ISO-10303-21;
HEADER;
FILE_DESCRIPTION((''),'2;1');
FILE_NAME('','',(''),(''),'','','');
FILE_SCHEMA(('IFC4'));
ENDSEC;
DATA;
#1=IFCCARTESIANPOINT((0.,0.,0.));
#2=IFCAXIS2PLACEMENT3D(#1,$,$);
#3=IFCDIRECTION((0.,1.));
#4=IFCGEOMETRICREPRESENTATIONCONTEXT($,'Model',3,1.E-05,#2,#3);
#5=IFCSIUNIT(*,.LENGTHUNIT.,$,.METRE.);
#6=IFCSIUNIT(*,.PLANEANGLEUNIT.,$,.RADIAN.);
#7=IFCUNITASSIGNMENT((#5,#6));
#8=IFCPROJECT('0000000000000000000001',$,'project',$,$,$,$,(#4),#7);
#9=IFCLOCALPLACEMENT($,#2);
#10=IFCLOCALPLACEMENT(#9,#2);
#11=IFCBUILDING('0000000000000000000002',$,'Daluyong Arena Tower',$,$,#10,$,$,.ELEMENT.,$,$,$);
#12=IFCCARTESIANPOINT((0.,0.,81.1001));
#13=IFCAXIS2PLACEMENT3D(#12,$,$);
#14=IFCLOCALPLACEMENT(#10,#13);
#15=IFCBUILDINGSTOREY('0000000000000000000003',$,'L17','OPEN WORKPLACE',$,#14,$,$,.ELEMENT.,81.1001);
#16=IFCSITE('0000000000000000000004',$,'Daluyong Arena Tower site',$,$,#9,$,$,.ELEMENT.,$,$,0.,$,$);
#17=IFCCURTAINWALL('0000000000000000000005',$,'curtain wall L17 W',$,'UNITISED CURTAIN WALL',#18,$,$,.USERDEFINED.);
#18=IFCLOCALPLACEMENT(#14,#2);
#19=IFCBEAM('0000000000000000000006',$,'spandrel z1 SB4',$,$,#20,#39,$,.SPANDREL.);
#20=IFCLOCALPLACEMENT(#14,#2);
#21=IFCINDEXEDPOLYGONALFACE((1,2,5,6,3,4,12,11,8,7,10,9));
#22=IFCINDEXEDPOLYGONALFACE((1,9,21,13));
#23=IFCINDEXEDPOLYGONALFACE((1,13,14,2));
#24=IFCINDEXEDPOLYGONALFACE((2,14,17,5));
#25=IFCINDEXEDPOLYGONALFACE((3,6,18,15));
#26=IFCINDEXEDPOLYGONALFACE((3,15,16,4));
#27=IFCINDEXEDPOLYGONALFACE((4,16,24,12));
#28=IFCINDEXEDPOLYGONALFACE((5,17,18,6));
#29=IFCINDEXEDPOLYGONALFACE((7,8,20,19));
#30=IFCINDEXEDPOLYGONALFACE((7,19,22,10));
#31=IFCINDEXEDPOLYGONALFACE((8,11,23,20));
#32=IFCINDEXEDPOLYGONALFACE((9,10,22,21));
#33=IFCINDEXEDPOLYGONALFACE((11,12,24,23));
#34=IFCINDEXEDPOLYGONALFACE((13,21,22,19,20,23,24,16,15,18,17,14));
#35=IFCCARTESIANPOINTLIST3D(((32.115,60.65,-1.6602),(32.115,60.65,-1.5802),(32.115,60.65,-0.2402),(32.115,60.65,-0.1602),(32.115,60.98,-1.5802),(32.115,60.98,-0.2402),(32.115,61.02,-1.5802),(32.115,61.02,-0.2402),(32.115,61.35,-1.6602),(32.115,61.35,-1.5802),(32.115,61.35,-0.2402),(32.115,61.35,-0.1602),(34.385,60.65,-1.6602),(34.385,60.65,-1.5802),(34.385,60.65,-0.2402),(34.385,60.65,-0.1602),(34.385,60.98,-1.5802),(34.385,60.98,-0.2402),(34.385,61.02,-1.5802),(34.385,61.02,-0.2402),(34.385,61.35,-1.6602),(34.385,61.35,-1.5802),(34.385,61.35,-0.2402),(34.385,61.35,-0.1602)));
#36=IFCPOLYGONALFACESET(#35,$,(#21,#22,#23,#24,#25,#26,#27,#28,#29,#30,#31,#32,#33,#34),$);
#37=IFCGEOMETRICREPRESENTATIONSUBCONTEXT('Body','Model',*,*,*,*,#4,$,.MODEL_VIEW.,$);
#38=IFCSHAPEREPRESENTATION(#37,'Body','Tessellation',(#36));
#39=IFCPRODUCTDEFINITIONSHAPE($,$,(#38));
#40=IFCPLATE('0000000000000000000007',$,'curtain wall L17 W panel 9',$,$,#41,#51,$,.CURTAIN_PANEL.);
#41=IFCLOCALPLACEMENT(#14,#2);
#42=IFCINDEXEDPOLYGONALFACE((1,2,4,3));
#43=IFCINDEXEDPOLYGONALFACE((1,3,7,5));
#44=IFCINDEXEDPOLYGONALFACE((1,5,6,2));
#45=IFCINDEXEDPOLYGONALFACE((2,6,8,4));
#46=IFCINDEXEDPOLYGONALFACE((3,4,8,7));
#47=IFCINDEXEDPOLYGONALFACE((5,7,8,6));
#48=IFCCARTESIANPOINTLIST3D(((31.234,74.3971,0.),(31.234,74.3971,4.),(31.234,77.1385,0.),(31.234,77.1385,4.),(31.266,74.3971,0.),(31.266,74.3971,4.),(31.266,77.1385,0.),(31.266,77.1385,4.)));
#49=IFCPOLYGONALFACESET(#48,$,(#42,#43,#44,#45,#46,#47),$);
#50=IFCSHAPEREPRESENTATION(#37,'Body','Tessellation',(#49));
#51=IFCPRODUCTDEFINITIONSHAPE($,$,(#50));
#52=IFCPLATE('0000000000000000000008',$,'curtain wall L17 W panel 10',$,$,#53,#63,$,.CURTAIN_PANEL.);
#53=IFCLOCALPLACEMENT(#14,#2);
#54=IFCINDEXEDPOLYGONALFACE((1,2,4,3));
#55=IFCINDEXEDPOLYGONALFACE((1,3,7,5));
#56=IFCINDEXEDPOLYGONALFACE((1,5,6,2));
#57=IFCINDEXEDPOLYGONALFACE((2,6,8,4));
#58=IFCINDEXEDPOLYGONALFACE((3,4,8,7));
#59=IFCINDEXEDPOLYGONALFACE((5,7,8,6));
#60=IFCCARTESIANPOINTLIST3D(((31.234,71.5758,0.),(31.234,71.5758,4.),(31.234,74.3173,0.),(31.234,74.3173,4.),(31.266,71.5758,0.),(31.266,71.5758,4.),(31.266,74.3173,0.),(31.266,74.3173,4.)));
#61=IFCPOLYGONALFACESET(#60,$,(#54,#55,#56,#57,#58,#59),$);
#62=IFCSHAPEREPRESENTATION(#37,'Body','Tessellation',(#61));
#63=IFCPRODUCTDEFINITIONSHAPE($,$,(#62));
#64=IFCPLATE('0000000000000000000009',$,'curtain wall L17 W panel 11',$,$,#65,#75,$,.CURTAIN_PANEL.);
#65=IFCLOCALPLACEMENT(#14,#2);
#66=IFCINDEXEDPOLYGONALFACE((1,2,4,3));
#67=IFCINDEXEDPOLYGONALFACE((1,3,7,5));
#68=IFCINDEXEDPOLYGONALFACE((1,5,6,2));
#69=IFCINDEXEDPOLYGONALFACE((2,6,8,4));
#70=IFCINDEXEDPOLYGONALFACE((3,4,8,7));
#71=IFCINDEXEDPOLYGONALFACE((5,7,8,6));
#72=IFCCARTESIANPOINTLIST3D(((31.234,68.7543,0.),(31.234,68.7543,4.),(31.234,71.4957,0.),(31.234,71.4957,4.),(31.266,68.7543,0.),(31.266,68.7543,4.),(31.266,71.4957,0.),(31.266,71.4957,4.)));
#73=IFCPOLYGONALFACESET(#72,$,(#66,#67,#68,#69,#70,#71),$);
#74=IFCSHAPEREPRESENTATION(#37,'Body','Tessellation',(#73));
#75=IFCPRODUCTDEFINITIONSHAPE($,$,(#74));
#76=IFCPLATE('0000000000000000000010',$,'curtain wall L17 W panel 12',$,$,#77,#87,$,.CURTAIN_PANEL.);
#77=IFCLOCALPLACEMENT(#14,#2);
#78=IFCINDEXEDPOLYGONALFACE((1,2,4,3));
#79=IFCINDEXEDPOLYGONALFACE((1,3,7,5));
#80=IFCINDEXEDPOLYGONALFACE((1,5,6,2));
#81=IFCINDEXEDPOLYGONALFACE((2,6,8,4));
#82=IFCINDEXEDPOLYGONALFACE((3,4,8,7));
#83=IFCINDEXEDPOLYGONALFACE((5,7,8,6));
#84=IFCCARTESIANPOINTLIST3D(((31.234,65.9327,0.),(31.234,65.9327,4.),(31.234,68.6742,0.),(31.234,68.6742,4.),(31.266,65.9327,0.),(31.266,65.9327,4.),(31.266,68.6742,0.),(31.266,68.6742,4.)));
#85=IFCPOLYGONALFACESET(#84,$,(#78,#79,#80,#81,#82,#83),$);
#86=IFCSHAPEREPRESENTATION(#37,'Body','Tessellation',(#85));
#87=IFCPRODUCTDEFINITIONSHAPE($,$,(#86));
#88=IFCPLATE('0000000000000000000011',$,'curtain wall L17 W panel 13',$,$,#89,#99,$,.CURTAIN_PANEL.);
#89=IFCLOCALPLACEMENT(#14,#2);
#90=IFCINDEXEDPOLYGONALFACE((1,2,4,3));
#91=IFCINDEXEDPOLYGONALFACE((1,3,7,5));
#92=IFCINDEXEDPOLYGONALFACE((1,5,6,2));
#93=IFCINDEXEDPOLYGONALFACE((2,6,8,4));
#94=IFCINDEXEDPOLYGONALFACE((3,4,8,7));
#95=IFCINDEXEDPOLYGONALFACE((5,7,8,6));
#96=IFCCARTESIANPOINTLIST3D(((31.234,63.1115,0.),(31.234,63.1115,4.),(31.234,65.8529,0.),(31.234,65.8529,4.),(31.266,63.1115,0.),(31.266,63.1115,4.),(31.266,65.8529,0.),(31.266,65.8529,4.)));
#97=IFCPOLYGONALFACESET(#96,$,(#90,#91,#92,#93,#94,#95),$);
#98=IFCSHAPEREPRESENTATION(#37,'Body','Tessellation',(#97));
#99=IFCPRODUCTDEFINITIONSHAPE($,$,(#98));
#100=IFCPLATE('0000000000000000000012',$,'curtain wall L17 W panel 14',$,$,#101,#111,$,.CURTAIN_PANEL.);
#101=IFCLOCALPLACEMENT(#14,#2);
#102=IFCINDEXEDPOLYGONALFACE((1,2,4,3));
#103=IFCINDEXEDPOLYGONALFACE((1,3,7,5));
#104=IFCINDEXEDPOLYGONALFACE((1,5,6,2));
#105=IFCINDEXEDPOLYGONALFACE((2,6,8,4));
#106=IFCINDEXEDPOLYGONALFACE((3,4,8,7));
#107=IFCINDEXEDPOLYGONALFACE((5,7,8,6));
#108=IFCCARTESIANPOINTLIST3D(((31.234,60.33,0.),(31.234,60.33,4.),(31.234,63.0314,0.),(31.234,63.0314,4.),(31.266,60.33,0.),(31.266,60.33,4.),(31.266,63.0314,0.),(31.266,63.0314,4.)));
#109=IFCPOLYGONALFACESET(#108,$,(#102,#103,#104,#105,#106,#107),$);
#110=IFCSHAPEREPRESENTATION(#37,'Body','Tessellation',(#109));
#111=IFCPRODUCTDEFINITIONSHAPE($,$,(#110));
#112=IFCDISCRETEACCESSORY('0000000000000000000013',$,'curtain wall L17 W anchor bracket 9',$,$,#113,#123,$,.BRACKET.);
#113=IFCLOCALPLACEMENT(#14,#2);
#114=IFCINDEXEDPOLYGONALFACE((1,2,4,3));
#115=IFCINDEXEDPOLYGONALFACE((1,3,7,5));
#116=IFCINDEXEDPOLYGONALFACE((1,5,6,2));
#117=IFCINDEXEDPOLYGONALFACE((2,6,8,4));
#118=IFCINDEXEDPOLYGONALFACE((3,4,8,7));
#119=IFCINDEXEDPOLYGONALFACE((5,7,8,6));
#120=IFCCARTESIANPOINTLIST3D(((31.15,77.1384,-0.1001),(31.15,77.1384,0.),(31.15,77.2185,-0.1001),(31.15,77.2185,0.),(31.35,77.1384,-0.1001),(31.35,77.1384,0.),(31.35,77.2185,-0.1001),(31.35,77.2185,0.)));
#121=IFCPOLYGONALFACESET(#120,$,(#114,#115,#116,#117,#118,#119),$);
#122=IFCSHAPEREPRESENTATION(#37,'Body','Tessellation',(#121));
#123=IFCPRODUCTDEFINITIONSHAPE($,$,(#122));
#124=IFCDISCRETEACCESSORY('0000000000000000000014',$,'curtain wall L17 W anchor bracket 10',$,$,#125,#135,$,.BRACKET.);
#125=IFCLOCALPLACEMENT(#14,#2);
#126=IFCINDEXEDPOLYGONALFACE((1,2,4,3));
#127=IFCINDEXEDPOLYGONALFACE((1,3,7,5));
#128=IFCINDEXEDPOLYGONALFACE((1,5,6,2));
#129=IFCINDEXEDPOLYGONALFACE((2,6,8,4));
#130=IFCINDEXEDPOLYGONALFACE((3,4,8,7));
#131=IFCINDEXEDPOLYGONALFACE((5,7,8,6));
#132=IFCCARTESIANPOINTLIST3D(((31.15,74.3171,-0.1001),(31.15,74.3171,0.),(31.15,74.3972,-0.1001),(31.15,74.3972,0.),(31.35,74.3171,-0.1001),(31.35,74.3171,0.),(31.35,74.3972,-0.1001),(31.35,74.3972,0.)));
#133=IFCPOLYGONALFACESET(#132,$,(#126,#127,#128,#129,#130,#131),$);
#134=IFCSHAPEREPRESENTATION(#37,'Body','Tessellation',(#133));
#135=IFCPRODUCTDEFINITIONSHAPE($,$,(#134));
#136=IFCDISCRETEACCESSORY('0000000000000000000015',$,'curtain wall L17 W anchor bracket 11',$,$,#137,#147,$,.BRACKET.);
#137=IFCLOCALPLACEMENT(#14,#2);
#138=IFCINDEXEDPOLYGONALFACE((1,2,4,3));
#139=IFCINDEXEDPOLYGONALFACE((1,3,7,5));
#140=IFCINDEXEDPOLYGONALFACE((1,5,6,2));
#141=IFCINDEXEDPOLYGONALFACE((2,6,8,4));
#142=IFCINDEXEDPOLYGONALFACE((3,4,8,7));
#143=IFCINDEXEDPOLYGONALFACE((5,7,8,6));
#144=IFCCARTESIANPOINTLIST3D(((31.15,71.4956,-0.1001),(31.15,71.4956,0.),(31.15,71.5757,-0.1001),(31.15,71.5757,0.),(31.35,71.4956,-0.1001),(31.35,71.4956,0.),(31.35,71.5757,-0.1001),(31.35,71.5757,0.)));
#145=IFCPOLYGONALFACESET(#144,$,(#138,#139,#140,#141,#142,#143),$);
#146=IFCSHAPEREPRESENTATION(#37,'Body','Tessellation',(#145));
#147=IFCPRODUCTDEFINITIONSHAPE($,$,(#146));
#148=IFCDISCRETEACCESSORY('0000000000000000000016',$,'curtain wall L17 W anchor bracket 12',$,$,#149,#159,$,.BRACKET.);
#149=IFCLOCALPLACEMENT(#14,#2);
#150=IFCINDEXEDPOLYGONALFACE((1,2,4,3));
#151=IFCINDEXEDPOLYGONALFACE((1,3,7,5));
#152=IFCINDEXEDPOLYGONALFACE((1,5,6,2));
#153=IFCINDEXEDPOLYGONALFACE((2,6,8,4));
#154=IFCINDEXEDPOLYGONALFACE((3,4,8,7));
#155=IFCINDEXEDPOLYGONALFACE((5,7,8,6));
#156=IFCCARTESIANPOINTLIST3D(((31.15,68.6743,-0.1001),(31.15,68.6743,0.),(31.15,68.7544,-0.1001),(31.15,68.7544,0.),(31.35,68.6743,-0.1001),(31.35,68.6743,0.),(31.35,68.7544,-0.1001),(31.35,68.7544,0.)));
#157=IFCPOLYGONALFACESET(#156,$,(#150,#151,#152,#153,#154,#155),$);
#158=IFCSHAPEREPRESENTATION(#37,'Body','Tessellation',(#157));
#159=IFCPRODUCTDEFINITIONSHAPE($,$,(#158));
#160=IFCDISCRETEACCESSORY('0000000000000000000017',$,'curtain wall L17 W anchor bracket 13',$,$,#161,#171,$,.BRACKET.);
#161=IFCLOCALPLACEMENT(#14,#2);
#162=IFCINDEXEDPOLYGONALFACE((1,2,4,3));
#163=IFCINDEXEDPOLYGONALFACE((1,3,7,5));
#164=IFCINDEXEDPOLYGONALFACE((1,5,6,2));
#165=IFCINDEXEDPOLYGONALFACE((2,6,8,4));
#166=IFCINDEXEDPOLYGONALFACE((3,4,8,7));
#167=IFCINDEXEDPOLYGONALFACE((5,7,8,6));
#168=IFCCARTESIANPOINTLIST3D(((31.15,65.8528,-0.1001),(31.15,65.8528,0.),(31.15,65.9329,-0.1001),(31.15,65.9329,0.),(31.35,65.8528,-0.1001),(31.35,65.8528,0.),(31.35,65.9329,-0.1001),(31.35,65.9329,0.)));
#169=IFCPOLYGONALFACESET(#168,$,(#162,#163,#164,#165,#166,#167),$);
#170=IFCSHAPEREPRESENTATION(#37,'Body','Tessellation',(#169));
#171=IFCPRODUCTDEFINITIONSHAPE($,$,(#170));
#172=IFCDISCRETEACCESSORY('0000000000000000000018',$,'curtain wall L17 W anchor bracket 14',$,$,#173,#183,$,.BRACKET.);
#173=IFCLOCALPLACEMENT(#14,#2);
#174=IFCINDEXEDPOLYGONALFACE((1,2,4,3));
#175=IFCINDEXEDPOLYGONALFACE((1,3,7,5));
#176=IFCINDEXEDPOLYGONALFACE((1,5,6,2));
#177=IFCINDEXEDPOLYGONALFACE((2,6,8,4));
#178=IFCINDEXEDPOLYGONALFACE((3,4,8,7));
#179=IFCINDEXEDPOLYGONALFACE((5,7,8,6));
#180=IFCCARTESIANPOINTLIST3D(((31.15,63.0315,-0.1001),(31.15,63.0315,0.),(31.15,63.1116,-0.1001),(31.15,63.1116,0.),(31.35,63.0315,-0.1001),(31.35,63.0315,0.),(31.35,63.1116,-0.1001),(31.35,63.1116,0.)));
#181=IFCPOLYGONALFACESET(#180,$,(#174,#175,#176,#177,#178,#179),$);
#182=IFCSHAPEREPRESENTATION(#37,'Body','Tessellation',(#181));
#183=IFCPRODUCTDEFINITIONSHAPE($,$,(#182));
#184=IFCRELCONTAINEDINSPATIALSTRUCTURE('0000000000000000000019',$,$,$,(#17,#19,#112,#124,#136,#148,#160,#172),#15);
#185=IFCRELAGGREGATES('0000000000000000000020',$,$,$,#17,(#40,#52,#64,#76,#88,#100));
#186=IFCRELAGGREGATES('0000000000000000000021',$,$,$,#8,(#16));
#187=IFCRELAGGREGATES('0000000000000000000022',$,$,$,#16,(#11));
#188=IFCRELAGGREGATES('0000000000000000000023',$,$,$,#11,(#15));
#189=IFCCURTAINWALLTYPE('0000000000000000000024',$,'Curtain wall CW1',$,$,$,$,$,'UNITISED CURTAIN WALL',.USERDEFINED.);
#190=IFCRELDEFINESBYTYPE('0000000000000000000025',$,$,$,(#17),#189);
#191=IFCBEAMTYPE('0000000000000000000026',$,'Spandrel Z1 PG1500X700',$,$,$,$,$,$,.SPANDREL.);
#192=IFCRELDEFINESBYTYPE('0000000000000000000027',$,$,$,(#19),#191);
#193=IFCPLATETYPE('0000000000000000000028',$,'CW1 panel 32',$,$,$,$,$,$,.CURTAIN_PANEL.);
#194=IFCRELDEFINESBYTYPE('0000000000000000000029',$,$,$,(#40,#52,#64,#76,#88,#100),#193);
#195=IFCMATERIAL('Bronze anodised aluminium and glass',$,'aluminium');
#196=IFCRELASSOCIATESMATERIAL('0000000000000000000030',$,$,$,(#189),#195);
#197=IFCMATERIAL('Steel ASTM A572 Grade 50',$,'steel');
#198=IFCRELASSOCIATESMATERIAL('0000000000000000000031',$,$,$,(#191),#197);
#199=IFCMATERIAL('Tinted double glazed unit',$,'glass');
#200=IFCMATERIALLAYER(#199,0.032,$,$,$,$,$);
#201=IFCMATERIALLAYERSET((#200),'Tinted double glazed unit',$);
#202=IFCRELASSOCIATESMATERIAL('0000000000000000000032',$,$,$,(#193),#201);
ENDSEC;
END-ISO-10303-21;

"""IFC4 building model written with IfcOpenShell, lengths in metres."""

from ifc_helpers import new_model, si_unit, direction, frame, origin, origin_2d, place, context, subcontext, project, spatial, rectangle, i_section, extrude, material, layer, layer_set, material_profile, profile_set, type_object, element, aggregate, save


model = new_model("IFC4")

# Units and contexts
model_context = context("Model", 3, precision=1e-05, world=origin(), true_north=direction((0.0, 1.0)))
body_context = subcontext(model_context, "Body", "Model", "MODEL_VIEW")
ifc_project = project(units=[si_unit("LENGTHUNIT", "METRE"), si_unit("PLANEANGLEUNIT", "RADIAN")], contexts=[model_context])

# Site, building, storey
site_placement = place(None, origin())
site = spatial("IfcSite", under=ifc_project, at=site_placement, Name="Daluyong Arena Tower site", CompositionType="ELEMENT", RefElevation=0.0)
building_placement = place(site_placement, origin())
building = spatial("IfcBuilding", under=site, at=building_placement, Name="Daluyong Arena Tower", CompositionType="ELEMENT")
storey_placement = place(building_placement, frame((0.0, 0.0, 81.1001)))
storey = spatial("IfcBuildingStorey", under=building, at=storey_placement, Name="L17", Description="OPEN WORKPLACE", CompositionType="ELEMENT", Elevation=81.1001)

# Curtain wall
ifc_material_1 = material(Name="Bronze anodised aluminium and glass", Category="aluminium")
curtain_wall_type_1 = type_object("IfcCurtainWallType", Name="Curtain wall CW1", ElementType="UNITISED CURTAIN WALL", PredefinedType="USERDEFINED", material=ifc_material_1)
curtain_wall_1_placement = place(storey_placement, origin())
curtain_wall_1 = element("IfcCurtainWall", 1, at=curtain_wall_1_placement, inside=storey, type_object=curtain_wall_type_1, Name="curtain wall L17 W", ObjectType="UNITISED CURTAIN WALL", PredefinedType="USERDEFINED")

# Beam
ifc_material_2 = material(Name="Steel ASTM A572 Grade 50", Category="steel")
ifc_material_profile_1 = material_profile(ifc_material_2, i_section(OverallWidth=0.7, OverallDepth=1.5, WebThickness=0.04, FlangeThickness=0.08, at=origin_2d()))
ifc_profile_set_1 = profile_set([ifc_material_profile_1], Name="Steel ASTM A572 Grade 50")
beam_type = type_object("IfcBeamType", Name="Spandrel Z1 PG1500X700", PredefinedType="SPANDREL", material=ifc_profile_set_1)
beam_placement = place(storey_placement, frame((32.115, 61.0, -0.9102), z_axis=(1.0, 0.0, 0.0), x_axis=(0.0, 1.0, 0.0)))
element("IfcBeam", 2, at=beam_placement, inside=storey, type_object=beam_type, Name="spandrel z1 SB4", PredefinedType="SPANDREL", context=body_context, shape_type="SweptSolid", body=[
    extrude(i_section(OverallWidth=0.7, OverallDepth=1.5, WebThickness=0.04, FlangeThickness=0.08, at=origin_2d()), origin(), (0.0, 0.0, 1.0), 2.27),
])

# Plates
ifc_material_3 = material(Name="Tinted double glazed unit", Category="glass")
ifc_layer = layer(ifc_material_3, 0.032)
ifc_layer_set = layer_set([ifc_layer], Name="Tinted double glazed unit")
plate_type = type_object("IfcPlateType", Name="CW1 panel 32", PredefinedType="CURTAIN_PANEL", material=ifc_layer_set)
plate_1_placement = place(storey_placement, frame((31.25, 75.7678, 0.0), z_axis=(0.0, 0.0, 1.0), x_axis=(0.0, -1.0, 0.0)))
plate_1 = element("IfcPlate", 3, at=plate_1_placement, type_object=plate_type, Name="curtain wall L17 W panel 9", PredefinedType="CURTAIN_PANEL", context=body_context, shape_type="SweptSolid", body=[
    extrude(rectangle(XDim=2.7415, YDim=0.032, at=origin_2d()), origin(), (0.0, 0.0, 1.0), 4.0),
])
plate_2_placement = place(storey_placement, frame((31.25, 72.9465, 0.0), z_axis=(0.0, 0.0, 1.0), x_axis=(0.0, -1.0, 0.0)))
plate_2 = element("IfcPlate", 4, at=plate_2_placement, type_object=plate_type, Name="curtain wall L17 W panel 10", PredefinedType="CURTAIN_PANEL", context=body_context, shape_type="SweptSolid", body=[
    extrude(rectangle(XDim=2.7415, YDim=0.032, at=origin_2d()), origin(), (0.0, 0.0, 1.0), 4.0),
])
plate_3_placement = place(storey_placement, frame((31.25, 70.125, 0.0), z_axis=(0.0, 0.0, 1.0), x_axis=(0.0, -1.0, 0.0)))
plate_3 = element("IfcPlate", 5, at=plate_3_placement, type_object=plate_type, Name="curtain wall L17 W panel 11", PredefinedType="CURTAIN_PANEL", context=body_context, shape_type="SweptSolid", body=[
    extrude(rectangle(XDim=2.7415, YDim=0.032, at=origin_2d()), origin(), (0.0, 0.0, 1.0), 4.0),
])
plate_4_placement = place(storey_placement, frame((31.25, 67.3035, 0.0), z_axis=(0.0, 0.0, 1.0), x_axis=(0.0, -1.0, 0.0)))
plate_4 = element("IfcPlate", 6, at=plate_4_placement, type_object=plate_type, Name="curtain wall L17 W panel 12", PredefinedType="CURTAIN_PANEL", context=body_context, shape_type="SweptSolid", body=[
    extrude(rectangle(XDim=2.7415, YDim=0.032, at=origin_2d()), origin(), (0.0, 0.0, 1.0), 4.0),
])
plate_5_placement = place(storey_placement, frame((31.25, 64.4822, 0.0), z_axis=(0.0, 0.0, 1.0), x_axis=(0.0, -1.0, 0.0)))
plate_5 = element("IfcPlate", 7, at=plate_5_placement, type_object=plate_type, Name="curtain wall L17 W panel 13", PredefinedType="CURTAIN_PANEL", context=body_context, shape_type="SweptSolid", body=[
    extrude(rectangle(XDim=2.7415, YDim=0.032, at=origin_2d()), origin(), (0.0, 0.0, 1.0), 4.0),
])
plate_6_placement = place(storey_placement, frame((31.25, 61.6807, 0.0), z_axis=(0.0, 0.0, 1.0), x_axis=(0.0, -1.0, 0.0)))
plate_6 = element("IfcPlate", 8, at=plate_6_placement, type_object=plate_type, Name="curtain wall L17 W panel 14", PredefinedType="CURTAIN_PANEL", context=body_context, shape_type="SweptSolid", body=[
    extrude(rectangle(XDim=2.7014, YDim=0.032, at=origin_2d()), origin(), (0.0, 0.0, 1.0), 4.0),
])
aggregate(curtain_wall_1, [plate_1, plate_2, plate_3, plate_4, plate_5, plate_6])

# Discrete accessories
for number, where, z_axis, x_axis, name in (
    (9, (31.25, 77.1785, -0.1001), (0.0, 0.0, 1.0), (0.0, -1.0, 0.0), "curtain wall L17 W anchor bracket 9"),
    (10, (31.25, 74.3572, -0.1001), (0.0, 0.0, 1.0), (0.0, -1.0, 0.0), "curtain wall L17 W anchor bracket 10"),
    (11, (31.25, 71.5356, -0.1001), (0.0, 0.0, 1.0), (0.0, -1.0, 0.0), "curtain wall L17 W anchor bracket 11"),
    (12, (31.25, 68.7144, -0.1001), (0.0, 0.0, 1.0), (0.0, -1.0, 0.0), "curtain wall L17 W anchor bracket 12"),
    (13, (31.25, 65.8928, -0.1001), (0.0, 0.0, 1.0), (0.0, -1.0, 0.0), "curtain wall L17 W anchor bracket 13"),
    (14, (31.25, 63.0715, -0.1001), (0.0, 0.0, 1.0), (0.0, -1.0, 0.0), "curtain wall L17 W anchor bracket 14"),
):
    element("IfcDiscreteAccessory", number, at=place(storey_placement, frame(where, z_axis=z_axis, x_axis=x_axis)), inside=storey, Name=name, PredefinedType="BRACKET", context=body_context, shape_type="SweptSolid", body=[
        extrude(rectangle(XDim=0.0801, YDim=0.2, at=origin_2d()), origin(), (0.0, 0.0, 1.0), 0.1001),
    ])

save(model, "model.ifc")
